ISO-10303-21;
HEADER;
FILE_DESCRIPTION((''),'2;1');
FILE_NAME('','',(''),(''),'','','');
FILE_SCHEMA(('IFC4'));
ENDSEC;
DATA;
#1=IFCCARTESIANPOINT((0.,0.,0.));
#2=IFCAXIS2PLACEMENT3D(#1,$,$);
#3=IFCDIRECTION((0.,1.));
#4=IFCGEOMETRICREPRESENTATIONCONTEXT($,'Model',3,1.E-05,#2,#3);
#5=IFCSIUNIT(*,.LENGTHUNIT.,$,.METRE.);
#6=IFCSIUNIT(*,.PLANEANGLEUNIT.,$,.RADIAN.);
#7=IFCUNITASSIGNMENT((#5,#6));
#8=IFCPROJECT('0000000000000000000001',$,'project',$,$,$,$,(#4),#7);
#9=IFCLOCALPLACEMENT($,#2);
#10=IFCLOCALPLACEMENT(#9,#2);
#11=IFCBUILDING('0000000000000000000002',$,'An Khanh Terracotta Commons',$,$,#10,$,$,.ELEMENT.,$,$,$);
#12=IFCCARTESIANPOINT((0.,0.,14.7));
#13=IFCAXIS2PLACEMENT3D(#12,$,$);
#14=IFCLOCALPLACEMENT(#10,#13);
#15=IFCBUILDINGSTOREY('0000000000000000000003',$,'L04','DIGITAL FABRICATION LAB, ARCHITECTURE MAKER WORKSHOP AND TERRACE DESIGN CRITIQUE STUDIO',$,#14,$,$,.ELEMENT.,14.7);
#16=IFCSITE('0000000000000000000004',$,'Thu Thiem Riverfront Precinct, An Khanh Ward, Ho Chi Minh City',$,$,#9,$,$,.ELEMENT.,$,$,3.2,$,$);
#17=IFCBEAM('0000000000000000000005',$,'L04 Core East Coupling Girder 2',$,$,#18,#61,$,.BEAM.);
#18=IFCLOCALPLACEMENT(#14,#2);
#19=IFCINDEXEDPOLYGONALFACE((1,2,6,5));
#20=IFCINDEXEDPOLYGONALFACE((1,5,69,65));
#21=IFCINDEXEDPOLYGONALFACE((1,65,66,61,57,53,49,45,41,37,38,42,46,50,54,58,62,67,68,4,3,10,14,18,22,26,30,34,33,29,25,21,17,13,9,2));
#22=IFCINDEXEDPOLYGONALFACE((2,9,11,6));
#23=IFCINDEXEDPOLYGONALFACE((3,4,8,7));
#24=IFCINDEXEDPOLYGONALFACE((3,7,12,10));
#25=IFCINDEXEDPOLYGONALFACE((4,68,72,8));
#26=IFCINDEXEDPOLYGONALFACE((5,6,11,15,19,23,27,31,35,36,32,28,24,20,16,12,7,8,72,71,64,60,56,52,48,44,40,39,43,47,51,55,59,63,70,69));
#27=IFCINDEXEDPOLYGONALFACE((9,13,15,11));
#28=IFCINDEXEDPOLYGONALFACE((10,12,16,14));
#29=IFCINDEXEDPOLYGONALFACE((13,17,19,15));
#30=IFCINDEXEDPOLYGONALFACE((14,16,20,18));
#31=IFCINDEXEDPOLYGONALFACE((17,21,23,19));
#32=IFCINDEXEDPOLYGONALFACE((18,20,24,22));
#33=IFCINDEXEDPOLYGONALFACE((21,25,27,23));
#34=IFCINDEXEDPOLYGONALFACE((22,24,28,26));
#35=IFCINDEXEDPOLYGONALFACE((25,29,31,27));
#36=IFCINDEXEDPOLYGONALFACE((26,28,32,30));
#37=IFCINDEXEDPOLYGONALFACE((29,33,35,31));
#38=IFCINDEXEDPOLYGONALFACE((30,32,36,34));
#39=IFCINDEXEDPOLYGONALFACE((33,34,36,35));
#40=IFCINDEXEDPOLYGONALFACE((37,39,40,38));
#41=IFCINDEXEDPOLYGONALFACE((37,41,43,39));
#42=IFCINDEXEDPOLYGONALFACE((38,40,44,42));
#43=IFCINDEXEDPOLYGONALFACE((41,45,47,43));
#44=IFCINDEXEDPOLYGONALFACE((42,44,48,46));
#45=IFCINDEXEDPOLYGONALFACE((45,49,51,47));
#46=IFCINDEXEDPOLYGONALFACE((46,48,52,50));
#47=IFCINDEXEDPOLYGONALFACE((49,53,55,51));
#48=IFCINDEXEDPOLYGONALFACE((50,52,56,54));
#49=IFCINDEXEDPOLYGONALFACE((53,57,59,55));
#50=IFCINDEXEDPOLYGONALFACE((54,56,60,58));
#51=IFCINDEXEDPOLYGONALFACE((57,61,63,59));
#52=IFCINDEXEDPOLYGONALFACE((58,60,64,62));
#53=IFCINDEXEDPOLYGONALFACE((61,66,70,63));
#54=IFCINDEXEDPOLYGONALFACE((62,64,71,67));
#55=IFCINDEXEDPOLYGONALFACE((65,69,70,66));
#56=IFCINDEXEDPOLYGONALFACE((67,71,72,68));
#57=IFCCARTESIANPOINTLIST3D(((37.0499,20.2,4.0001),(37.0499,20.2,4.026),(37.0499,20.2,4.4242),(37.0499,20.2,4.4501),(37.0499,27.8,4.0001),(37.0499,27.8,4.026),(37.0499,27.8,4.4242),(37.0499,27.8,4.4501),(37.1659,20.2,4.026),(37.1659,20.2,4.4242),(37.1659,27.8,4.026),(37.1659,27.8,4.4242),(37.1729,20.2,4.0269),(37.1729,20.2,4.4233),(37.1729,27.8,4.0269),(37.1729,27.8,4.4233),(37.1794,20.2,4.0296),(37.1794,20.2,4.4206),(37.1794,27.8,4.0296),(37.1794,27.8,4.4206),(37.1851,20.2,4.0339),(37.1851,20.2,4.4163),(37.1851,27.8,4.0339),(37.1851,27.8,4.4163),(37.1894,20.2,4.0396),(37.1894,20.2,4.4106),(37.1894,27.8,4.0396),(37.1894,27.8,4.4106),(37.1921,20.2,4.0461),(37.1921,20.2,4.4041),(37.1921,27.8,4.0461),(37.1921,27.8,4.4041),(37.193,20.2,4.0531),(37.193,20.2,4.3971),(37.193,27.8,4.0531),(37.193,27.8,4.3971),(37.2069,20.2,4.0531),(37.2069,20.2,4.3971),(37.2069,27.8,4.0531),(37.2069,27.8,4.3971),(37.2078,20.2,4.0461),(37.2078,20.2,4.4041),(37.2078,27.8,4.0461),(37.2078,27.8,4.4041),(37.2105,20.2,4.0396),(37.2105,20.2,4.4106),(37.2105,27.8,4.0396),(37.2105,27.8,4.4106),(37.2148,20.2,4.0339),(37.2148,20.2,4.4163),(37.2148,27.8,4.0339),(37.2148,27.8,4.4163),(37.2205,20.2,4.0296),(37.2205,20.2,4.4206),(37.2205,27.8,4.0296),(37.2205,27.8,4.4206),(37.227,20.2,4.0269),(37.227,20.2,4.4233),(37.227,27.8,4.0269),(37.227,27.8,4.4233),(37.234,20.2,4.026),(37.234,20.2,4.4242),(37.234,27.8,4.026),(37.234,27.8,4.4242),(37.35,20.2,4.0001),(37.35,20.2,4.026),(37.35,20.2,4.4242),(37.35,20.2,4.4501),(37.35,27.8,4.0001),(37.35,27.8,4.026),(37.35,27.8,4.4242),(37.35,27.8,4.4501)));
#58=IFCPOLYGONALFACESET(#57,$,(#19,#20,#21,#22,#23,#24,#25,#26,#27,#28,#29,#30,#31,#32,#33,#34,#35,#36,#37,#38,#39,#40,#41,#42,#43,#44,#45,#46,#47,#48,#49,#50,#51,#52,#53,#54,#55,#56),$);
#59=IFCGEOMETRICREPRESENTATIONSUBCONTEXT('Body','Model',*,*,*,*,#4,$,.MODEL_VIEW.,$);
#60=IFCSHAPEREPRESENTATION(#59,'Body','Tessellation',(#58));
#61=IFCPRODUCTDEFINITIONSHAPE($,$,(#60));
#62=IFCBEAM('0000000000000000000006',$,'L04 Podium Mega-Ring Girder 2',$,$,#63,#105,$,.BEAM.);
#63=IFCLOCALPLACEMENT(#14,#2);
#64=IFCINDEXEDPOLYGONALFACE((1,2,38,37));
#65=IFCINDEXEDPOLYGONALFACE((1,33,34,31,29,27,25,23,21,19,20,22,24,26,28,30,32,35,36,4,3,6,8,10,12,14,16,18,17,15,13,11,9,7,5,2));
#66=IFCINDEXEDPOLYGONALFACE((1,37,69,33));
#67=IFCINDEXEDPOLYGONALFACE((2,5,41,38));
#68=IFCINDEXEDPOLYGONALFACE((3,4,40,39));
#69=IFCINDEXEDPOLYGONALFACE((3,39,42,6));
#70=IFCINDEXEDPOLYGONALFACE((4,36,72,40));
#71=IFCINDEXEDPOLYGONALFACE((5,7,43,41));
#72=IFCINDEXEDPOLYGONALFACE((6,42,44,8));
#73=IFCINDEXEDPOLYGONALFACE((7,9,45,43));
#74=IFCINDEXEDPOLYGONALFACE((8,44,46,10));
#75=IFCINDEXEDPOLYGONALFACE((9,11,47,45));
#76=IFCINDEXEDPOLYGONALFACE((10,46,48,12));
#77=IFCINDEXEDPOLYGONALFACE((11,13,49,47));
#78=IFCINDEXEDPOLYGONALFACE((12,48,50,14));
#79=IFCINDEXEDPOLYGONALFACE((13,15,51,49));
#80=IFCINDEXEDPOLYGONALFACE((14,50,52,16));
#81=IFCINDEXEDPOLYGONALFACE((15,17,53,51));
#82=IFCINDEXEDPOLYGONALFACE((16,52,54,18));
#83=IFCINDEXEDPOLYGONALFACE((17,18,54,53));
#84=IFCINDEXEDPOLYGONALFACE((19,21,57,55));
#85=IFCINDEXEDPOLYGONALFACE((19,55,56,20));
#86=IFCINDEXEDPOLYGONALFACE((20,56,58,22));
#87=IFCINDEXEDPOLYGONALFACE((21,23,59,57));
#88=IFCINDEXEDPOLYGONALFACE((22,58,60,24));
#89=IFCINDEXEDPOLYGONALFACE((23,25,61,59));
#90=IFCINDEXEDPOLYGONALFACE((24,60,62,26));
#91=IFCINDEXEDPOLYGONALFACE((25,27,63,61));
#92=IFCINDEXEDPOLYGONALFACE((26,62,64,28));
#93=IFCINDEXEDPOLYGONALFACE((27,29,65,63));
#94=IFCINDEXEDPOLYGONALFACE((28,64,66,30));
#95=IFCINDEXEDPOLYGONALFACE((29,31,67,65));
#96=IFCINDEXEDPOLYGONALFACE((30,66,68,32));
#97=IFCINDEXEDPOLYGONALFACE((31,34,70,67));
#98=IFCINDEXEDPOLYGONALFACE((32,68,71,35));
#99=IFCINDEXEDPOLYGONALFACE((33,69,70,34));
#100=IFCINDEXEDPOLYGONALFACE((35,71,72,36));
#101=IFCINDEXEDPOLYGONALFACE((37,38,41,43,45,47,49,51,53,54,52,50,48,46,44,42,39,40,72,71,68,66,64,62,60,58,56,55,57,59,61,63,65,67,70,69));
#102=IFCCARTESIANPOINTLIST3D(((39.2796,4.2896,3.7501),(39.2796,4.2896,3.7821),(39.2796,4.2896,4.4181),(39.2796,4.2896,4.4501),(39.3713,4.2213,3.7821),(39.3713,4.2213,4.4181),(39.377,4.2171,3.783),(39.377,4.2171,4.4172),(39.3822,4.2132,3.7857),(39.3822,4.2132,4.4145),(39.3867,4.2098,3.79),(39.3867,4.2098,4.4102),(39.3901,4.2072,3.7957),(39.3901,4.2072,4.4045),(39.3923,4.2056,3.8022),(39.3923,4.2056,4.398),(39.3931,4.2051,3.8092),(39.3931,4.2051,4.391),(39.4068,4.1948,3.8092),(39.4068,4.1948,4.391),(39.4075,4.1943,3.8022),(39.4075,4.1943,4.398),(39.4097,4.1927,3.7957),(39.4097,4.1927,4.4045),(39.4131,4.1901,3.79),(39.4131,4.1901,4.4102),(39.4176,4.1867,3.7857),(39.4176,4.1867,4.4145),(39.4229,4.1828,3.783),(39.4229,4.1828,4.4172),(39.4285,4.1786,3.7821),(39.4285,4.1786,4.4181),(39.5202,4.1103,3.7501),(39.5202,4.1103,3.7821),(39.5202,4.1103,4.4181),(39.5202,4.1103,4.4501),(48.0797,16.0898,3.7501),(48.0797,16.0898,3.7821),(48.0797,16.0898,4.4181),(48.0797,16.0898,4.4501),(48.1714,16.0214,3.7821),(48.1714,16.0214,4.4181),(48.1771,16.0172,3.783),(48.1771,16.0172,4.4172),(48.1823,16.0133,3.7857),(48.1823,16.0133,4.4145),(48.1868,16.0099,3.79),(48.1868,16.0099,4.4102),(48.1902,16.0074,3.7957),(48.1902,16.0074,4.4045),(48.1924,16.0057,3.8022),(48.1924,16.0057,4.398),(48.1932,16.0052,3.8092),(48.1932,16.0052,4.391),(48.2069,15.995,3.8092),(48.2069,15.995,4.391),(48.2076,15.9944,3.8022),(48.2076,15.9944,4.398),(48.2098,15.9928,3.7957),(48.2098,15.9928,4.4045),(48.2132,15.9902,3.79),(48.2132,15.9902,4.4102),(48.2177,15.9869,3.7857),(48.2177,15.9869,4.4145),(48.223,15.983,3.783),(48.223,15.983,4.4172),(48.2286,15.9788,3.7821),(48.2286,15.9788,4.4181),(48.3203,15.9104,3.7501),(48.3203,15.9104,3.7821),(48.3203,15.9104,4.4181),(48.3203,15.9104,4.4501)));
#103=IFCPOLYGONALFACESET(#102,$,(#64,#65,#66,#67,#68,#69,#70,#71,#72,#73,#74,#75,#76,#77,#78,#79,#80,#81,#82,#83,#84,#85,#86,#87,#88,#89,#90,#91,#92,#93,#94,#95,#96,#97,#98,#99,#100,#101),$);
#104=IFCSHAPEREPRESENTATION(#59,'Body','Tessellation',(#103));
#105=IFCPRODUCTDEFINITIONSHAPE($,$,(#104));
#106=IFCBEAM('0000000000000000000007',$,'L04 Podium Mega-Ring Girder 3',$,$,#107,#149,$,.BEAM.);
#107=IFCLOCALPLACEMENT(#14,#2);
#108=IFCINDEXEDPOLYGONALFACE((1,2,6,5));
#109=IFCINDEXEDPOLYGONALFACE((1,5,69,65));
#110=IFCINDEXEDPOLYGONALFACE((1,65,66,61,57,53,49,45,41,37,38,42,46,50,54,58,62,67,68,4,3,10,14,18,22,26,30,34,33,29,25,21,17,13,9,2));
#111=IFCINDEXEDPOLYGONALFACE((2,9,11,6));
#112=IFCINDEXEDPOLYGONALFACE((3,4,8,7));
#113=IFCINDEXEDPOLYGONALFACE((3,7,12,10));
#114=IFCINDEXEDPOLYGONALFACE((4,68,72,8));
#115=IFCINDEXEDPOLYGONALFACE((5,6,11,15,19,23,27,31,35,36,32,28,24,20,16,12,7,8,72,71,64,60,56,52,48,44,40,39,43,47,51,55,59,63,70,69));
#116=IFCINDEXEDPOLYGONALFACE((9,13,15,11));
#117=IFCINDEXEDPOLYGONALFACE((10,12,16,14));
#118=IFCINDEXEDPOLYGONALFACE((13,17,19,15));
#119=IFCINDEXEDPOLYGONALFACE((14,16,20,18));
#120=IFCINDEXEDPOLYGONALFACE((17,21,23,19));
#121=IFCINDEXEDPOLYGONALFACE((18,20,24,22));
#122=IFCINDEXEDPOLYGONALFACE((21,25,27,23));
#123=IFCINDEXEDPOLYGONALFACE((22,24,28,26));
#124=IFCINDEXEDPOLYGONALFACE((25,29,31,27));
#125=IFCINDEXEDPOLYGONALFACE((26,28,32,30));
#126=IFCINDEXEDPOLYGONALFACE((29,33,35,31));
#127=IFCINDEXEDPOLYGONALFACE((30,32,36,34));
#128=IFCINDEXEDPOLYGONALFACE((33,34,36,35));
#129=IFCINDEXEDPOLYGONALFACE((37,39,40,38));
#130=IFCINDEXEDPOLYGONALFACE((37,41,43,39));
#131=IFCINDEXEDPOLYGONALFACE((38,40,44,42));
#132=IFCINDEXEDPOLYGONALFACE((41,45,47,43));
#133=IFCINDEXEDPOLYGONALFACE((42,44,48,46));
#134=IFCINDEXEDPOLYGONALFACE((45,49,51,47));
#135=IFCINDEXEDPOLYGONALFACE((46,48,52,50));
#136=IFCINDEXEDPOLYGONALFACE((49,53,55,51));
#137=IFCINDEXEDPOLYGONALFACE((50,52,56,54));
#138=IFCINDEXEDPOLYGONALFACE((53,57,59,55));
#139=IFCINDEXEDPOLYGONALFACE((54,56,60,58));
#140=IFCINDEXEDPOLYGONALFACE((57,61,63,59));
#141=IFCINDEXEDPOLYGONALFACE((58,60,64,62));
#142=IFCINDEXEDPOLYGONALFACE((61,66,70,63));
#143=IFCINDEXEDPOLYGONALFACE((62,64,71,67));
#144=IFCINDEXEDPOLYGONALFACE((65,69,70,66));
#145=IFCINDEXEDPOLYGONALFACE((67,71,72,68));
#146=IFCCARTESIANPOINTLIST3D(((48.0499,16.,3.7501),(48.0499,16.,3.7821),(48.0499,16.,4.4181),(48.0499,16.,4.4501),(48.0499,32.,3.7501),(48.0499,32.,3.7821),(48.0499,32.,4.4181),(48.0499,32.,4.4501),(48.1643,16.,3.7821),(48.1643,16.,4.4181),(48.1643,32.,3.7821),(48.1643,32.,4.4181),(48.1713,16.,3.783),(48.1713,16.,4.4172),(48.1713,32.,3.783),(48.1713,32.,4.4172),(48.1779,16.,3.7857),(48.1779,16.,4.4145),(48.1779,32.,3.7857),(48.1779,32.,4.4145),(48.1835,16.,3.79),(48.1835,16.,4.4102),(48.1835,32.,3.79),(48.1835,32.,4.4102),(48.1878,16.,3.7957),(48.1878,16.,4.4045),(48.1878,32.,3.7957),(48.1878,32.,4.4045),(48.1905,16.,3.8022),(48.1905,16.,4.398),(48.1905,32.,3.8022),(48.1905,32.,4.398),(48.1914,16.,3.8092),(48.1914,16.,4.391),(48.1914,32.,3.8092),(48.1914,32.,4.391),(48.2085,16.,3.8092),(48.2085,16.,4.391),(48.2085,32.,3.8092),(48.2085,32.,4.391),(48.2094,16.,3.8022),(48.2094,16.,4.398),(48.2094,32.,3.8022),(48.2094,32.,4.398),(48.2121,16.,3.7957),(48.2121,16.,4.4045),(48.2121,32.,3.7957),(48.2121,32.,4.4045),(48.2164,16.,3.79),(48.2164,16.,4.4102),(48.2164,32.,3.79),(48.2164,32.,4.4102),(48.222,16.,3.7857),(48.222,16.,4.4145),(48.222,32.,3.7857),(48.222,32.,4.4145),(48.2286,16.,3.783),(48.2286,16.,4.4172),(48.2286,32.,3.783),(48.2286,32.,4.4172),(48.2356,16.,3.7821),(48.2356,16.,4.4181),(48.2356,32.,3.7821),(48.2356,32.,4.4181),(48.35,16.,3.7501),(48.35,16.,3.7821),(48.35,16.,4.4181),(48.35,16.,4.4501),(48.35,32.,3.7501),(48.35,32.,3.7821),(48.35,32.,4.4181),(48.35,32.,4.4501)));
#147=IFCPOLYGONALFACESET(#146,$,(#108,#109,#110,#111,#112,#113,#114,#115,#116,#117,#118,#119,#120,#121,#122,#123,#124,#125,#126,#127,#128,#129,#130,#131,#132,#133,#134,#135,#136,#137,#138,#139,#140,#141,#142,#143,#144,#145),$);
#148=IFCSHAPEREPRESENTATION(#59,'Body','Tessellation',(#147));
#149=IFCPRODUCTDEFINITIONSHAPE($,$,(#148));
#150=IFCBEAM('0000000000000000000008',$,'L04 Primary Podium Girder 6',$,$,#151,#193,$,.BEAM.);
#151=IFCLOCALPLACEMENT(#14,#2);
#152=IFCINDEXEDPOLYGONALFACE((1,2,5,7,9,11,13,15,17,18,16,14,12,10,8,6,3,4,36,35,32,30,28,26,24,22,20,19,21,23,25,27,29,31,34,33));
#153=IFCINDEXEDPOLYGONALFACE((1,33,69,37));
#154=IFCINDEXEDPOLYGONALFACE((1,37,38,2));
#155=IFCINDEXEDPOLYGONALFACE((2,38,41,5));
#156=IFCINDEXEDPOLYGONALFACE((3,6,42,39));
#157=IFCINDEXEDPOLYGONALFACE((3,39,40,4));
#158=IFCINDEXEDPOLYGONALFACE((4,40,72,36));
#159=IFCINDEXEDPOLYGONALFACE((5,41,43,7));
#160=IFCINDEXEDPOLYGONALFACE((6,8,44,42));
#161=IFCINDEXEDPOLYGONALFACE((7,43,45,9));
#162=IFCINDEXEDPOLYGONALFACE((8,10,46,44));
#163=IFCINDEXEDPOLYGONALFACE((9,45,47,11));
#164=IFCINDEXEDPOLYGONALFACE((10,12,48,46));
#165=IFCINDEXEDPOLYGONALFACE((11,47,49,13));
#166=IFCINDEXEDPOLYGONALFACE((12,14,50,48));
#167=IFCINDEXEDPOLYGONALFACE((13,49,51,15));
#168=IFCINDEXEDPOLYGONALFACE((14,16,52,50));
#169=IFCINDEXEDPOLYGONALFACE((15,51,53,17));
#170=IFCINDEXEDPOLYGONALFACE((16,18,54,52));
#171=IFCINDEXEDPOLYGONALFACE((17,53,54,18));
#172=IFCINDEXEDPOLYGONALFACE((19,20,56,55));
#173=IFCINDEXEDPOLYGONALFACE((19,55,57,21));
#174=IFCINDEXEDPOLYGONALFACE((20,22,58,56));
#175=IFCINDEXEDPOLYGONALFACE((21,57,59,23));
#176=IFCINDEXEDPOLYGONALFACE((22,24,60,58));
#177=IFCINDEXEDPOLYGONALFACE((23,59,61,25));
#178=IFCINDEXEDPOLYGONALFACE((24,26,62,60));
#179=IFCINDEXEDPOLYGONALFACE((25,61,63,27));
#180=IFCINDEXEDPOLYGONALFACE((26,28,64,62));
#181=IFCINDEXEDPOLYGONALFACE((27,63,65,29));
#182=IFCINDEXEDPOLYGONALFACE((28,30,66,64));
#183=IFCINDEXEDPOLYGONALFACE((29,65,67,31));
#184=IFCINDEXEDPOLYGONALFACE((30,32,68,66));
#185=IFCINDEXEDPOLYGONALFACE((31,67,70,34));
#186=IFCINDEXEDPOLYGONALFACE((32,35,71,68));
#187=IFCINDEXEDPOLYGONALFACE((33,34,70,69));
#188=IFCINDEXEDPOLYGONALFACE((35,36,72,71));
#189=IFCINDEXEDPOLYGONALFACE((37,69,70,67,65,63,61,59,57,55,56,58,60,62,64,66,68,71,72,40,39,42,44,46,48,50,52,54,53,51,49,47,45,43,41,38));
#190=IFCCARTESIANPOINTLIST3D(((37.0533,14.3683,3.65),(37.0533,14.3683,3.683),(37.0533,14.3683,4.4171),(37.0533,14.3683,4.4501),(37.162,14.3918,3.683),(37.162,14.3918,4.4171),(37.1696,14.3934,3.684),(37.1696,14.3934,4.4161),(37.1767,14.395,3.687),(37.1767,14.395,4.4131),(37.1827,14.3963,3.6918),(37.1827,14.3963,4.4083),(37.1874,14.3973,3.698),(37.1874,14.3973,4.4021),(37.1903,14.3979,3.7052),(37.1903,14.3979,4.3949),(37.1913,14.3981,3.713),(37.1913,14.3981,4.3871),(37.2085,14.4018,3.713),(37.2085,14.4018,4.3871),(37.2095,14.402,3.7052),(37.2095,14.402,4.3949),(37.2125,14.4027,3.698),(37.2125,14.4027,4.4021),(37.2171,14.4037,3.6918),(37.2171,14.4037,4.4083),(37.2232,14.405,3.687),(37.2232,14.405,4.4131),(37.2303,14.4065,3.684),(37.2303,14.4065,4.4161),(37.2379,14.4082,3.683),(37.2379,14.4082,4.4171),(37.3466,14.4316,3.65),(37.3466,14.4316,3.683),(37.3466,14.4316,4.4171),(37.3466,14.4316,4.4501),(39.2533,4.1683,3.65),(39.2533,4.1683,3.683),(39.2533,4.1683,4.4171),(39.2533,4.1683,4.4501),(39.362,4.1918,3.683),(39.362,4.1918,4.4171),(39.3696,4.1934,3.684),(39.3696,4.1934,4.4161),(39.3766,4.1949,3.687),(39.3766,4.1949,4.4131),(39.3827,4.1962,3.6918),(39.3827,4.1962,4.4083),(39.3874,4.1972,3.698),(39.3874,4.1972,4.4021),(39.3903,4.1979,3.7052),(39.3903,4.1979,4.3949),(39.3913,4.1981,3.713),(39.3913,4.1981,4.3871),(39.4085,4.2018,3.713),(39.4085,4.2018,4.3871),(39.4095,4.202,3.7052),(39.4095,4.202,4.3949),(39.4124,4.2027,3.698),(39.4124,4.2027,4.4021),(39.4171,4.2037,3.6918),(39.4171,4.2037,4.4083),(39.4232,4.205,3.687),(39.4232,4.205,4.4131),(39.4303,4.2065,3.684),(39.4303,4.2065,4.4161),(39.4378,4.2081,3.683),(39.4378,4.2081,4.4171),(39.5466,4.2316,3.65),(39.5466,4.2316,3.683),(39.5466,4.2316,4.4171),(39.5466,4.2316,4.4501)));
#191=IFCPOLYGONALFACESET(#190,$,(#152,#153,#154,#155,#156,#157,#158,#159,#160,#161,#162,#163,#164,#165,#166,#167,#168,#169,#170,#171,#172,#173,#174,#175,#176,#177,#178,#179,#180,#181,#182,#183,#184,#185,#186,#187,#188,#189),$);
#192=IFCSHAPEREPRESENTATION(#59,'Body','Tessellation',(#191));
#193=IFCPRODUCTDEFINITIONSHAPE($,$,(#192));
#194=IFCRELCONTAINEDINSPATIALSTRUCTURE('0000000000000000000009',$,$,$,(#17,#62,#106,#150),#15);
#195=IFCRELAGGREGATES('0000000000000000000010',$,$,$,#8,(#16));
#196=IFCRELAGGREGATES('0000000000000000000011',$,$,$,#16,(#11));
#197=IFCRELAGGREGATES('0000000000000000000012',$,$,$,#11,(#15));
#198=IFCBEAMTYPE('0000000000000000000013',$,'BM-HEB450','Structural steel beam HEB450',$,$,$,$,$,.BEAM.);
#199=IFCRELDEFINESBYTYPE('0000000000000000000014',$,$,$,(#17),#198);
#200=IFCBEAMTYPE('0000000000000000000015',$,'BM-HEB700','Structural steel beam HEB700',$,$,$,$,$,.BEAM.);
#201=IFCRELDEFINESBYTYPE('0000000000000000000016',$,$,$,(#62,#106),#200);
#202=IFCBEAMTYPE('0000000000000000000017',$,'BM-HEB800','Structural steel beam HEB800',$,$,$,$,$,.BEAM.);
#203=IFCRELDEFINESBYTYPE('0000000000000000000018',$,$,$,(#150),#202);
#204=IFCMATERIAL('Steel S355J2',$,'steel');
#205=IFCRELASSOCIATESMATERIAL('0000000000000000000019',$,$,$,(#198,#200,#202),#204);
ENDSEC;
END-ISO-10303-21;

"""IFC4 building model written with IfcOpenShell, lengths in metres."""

from ifc_helpers import new_model, si_unit, direction, frame, origin, origin_2d, place, context, subcontext, project, spatial, i_section, extrude, material, material_profile, profile_set, type_object, element, save


model = new_model("IFC4")

# Units and contexts
model_context = context("Model", 3, precision=1e-05, world=origin(), true_north=direction((0.0, 1.0)))
body_context = subcontext(model_context, "Body", "Model", "MODEL_VIEW")
ifc_project = project(units=[si_unit("LENGTHUNIT", "METRE"), si_unit("PLANEANGLEUNIT", "RADIAN")], contexts=[model_context])

# Site, building, storey
site_placement = place(None, origin())
site = spatial("IfcSite", under=ifc_project, at=site_placement, Name="Thu Thiem Riverfront Precinct, An Khanh Ward, Ho Chi Minh City", CompositionType="ELEMENT", RefElevation=3.2)
building_placement = place(site_placement, origin())
building = spatial("IfcBuilding", under=site, at=building_placement, Name="An Khanh Terracotta Commons", CompositionType="ELEMENT")
storey_placement = place(building_placement, frame((0.0, 0.0, 14.7)))
storey = spatial("IfcBuildingStorey", under=building, at=storey_placement, Name="L04", Description="DIGITAL FABRICATION LAB, ARCHITECTURE MAKER WORKSHOP AND TERRACE DESIGN CRITIQUE STUDIO", CompositionType="ELEMENT", Elevation=14.7)

# Beams
ifc_material_1 = material(Name="Steel S355J2", Category="steel")
ifc_material_profile_1 = material_profile(ifc_material_1, i_section(OverallWidth=0.3, OverallDepth=0.45, WebThickness=0.0139, FlangeThickness=0.0259, FilletRadius=0.0271, at=origin_2d()), Name="HEB450")
ifc_profile_set_1 = profile_set([ifc_material_profile_1], Name="Steel S355J2")
beam_type_1 = type_object("IfcBeamType", Name="BM-HEB450", Description="Structural steel beam HEB450", PredefinedType="BEAM", material=ifc_profile_set_1)
beam_1_placement = place(storey_placement, frame((37.2, 20.2, 4.2251), z_axis=(0.0, 1.0, 0.0), x_axis=(-1.0, 0.0, 0.0)))
element("IfcBeam", 1, at=beam_1_placement, inside=storey, type_object=beam_type_1, Name="L04 Core East Coupling Girder 2", PredefinedType="BEAM", context=body_context, shape_type="SweptSolid", body=[
    extrude(i_section(OverallWidth=0.3, OverallDepth=0.45, WebThickness=0.0139, FlangeThickness=0.0259, FilletRadius=0.0271, at=origin_2d()), origin(), (0.0, 0.0, 1.0), 7.6001),
])
ifc_material_profile_2 = material_profile(ifc_material_1, i_section(OverallWidth=0.3, OverallDepth=0.7, WebThickness=0.0171, FlangeThickness=0.032, FilletRadius=0.0271, at=origin_2d()), Name="HEB700")
ifc_profile_set_2 = profile_set([ifc_material_profile_2], Name="Steel S355J2")
beam_type_2 = type_object("IfcBeamType", Name="BM-HEB700", Description="Structural steel beam HEB700", PredefinedType="BEAM", material=ifc_profile_set_2)
beam_2_placement = place(storey_placement, frame((39.3999, 4.2, 4.1001), z_axis=(0.597824, 0.801627, 0.0), x_axis=(-0.801627, 0.597824, 0.0)))
element("IfcBeam", 2, at=beam_2_placement, inside=storey, type_object=beam_type_2, Name="L04 Podium Mega-Ring Girder 2", PredefinedType="BEAM", context=body_context, shape_type="SweptSolid", body=[
    extrude(i_section(OverallWidth=0.3, OverallDepth=0.7, WebThickness=0.0171, FlangeThickness=0.032, FilletRadius=0.0271, at=origin_2d()), origin(), (0.0, 0.0, 1.0), 14.7202),
])
beam_3_placement = place(storey_placement, frame((48.2, 16.0, 4.1001), z_axis=(0.0, 1.0, 0.0), x_axis=(-1.0, 0.0, 0.0)))
element("IfcBeam", 3, at=beam_3_placement, inside=storey, type_object=beam_type_2, Name="L04 Podium Mega-Ring Girder 3", PredefinedType="BEAM", context=body_context, shape_type="SweptSolid", body=[
    extrude(i_section(OverallWidth=0.3, OverallDepth=0.7, WebThickness=0.0171, FlangeThickness=0.032, FilletRadius=0.0271, at=origin_2d()), origin(), (0.0, 0.0, 1.0), 16.0),
])
ifc_material_profile_3 = material_profile(ifc_material_1, i_section(OverallWidth=0.3, OverallDepth=0.8, WebThickness=0.0176, FlangeThickness=0.033, FilletRadius=0.03, at=origin_2d()), Name="HEB800")
ifc_profile_set_3 = profile_set([ifc_material_profile_3], Name="Steel S355J2")
beam_type_3 = type_object("IfcBeamType", Name="BM-HEB800", Description="Structural steel beam HEB800", PredefinedType="BEAM", material=ifc_profile_set_3)
beam_4_placement = place(storey_placement, frame((39.3999, 4.2, 4.05), z_axis=(-0.210834, 0.977522, 0.0), x_axis=(-0.977522, -0.210834, 0.0)))
element("IfcBeam", 4, at=beam_4_placement, inside=storey, type_object=beam_type_3, Name="L04 Primary Podium Girder 6", PredefinedType="BEAM", context=body_context, shape_type="SweptSolid", body=[
    extrude(i_section(OverallWidth=0.3, OverallDepth=0.8, WebThickness=0.0176, FlangeThickness=0.033, FilletRadius=0.03, at=origin_2d()), origin(), (0.0, 0.0, 1.0), 10.4346),
])

save(model, "model.ifc")
